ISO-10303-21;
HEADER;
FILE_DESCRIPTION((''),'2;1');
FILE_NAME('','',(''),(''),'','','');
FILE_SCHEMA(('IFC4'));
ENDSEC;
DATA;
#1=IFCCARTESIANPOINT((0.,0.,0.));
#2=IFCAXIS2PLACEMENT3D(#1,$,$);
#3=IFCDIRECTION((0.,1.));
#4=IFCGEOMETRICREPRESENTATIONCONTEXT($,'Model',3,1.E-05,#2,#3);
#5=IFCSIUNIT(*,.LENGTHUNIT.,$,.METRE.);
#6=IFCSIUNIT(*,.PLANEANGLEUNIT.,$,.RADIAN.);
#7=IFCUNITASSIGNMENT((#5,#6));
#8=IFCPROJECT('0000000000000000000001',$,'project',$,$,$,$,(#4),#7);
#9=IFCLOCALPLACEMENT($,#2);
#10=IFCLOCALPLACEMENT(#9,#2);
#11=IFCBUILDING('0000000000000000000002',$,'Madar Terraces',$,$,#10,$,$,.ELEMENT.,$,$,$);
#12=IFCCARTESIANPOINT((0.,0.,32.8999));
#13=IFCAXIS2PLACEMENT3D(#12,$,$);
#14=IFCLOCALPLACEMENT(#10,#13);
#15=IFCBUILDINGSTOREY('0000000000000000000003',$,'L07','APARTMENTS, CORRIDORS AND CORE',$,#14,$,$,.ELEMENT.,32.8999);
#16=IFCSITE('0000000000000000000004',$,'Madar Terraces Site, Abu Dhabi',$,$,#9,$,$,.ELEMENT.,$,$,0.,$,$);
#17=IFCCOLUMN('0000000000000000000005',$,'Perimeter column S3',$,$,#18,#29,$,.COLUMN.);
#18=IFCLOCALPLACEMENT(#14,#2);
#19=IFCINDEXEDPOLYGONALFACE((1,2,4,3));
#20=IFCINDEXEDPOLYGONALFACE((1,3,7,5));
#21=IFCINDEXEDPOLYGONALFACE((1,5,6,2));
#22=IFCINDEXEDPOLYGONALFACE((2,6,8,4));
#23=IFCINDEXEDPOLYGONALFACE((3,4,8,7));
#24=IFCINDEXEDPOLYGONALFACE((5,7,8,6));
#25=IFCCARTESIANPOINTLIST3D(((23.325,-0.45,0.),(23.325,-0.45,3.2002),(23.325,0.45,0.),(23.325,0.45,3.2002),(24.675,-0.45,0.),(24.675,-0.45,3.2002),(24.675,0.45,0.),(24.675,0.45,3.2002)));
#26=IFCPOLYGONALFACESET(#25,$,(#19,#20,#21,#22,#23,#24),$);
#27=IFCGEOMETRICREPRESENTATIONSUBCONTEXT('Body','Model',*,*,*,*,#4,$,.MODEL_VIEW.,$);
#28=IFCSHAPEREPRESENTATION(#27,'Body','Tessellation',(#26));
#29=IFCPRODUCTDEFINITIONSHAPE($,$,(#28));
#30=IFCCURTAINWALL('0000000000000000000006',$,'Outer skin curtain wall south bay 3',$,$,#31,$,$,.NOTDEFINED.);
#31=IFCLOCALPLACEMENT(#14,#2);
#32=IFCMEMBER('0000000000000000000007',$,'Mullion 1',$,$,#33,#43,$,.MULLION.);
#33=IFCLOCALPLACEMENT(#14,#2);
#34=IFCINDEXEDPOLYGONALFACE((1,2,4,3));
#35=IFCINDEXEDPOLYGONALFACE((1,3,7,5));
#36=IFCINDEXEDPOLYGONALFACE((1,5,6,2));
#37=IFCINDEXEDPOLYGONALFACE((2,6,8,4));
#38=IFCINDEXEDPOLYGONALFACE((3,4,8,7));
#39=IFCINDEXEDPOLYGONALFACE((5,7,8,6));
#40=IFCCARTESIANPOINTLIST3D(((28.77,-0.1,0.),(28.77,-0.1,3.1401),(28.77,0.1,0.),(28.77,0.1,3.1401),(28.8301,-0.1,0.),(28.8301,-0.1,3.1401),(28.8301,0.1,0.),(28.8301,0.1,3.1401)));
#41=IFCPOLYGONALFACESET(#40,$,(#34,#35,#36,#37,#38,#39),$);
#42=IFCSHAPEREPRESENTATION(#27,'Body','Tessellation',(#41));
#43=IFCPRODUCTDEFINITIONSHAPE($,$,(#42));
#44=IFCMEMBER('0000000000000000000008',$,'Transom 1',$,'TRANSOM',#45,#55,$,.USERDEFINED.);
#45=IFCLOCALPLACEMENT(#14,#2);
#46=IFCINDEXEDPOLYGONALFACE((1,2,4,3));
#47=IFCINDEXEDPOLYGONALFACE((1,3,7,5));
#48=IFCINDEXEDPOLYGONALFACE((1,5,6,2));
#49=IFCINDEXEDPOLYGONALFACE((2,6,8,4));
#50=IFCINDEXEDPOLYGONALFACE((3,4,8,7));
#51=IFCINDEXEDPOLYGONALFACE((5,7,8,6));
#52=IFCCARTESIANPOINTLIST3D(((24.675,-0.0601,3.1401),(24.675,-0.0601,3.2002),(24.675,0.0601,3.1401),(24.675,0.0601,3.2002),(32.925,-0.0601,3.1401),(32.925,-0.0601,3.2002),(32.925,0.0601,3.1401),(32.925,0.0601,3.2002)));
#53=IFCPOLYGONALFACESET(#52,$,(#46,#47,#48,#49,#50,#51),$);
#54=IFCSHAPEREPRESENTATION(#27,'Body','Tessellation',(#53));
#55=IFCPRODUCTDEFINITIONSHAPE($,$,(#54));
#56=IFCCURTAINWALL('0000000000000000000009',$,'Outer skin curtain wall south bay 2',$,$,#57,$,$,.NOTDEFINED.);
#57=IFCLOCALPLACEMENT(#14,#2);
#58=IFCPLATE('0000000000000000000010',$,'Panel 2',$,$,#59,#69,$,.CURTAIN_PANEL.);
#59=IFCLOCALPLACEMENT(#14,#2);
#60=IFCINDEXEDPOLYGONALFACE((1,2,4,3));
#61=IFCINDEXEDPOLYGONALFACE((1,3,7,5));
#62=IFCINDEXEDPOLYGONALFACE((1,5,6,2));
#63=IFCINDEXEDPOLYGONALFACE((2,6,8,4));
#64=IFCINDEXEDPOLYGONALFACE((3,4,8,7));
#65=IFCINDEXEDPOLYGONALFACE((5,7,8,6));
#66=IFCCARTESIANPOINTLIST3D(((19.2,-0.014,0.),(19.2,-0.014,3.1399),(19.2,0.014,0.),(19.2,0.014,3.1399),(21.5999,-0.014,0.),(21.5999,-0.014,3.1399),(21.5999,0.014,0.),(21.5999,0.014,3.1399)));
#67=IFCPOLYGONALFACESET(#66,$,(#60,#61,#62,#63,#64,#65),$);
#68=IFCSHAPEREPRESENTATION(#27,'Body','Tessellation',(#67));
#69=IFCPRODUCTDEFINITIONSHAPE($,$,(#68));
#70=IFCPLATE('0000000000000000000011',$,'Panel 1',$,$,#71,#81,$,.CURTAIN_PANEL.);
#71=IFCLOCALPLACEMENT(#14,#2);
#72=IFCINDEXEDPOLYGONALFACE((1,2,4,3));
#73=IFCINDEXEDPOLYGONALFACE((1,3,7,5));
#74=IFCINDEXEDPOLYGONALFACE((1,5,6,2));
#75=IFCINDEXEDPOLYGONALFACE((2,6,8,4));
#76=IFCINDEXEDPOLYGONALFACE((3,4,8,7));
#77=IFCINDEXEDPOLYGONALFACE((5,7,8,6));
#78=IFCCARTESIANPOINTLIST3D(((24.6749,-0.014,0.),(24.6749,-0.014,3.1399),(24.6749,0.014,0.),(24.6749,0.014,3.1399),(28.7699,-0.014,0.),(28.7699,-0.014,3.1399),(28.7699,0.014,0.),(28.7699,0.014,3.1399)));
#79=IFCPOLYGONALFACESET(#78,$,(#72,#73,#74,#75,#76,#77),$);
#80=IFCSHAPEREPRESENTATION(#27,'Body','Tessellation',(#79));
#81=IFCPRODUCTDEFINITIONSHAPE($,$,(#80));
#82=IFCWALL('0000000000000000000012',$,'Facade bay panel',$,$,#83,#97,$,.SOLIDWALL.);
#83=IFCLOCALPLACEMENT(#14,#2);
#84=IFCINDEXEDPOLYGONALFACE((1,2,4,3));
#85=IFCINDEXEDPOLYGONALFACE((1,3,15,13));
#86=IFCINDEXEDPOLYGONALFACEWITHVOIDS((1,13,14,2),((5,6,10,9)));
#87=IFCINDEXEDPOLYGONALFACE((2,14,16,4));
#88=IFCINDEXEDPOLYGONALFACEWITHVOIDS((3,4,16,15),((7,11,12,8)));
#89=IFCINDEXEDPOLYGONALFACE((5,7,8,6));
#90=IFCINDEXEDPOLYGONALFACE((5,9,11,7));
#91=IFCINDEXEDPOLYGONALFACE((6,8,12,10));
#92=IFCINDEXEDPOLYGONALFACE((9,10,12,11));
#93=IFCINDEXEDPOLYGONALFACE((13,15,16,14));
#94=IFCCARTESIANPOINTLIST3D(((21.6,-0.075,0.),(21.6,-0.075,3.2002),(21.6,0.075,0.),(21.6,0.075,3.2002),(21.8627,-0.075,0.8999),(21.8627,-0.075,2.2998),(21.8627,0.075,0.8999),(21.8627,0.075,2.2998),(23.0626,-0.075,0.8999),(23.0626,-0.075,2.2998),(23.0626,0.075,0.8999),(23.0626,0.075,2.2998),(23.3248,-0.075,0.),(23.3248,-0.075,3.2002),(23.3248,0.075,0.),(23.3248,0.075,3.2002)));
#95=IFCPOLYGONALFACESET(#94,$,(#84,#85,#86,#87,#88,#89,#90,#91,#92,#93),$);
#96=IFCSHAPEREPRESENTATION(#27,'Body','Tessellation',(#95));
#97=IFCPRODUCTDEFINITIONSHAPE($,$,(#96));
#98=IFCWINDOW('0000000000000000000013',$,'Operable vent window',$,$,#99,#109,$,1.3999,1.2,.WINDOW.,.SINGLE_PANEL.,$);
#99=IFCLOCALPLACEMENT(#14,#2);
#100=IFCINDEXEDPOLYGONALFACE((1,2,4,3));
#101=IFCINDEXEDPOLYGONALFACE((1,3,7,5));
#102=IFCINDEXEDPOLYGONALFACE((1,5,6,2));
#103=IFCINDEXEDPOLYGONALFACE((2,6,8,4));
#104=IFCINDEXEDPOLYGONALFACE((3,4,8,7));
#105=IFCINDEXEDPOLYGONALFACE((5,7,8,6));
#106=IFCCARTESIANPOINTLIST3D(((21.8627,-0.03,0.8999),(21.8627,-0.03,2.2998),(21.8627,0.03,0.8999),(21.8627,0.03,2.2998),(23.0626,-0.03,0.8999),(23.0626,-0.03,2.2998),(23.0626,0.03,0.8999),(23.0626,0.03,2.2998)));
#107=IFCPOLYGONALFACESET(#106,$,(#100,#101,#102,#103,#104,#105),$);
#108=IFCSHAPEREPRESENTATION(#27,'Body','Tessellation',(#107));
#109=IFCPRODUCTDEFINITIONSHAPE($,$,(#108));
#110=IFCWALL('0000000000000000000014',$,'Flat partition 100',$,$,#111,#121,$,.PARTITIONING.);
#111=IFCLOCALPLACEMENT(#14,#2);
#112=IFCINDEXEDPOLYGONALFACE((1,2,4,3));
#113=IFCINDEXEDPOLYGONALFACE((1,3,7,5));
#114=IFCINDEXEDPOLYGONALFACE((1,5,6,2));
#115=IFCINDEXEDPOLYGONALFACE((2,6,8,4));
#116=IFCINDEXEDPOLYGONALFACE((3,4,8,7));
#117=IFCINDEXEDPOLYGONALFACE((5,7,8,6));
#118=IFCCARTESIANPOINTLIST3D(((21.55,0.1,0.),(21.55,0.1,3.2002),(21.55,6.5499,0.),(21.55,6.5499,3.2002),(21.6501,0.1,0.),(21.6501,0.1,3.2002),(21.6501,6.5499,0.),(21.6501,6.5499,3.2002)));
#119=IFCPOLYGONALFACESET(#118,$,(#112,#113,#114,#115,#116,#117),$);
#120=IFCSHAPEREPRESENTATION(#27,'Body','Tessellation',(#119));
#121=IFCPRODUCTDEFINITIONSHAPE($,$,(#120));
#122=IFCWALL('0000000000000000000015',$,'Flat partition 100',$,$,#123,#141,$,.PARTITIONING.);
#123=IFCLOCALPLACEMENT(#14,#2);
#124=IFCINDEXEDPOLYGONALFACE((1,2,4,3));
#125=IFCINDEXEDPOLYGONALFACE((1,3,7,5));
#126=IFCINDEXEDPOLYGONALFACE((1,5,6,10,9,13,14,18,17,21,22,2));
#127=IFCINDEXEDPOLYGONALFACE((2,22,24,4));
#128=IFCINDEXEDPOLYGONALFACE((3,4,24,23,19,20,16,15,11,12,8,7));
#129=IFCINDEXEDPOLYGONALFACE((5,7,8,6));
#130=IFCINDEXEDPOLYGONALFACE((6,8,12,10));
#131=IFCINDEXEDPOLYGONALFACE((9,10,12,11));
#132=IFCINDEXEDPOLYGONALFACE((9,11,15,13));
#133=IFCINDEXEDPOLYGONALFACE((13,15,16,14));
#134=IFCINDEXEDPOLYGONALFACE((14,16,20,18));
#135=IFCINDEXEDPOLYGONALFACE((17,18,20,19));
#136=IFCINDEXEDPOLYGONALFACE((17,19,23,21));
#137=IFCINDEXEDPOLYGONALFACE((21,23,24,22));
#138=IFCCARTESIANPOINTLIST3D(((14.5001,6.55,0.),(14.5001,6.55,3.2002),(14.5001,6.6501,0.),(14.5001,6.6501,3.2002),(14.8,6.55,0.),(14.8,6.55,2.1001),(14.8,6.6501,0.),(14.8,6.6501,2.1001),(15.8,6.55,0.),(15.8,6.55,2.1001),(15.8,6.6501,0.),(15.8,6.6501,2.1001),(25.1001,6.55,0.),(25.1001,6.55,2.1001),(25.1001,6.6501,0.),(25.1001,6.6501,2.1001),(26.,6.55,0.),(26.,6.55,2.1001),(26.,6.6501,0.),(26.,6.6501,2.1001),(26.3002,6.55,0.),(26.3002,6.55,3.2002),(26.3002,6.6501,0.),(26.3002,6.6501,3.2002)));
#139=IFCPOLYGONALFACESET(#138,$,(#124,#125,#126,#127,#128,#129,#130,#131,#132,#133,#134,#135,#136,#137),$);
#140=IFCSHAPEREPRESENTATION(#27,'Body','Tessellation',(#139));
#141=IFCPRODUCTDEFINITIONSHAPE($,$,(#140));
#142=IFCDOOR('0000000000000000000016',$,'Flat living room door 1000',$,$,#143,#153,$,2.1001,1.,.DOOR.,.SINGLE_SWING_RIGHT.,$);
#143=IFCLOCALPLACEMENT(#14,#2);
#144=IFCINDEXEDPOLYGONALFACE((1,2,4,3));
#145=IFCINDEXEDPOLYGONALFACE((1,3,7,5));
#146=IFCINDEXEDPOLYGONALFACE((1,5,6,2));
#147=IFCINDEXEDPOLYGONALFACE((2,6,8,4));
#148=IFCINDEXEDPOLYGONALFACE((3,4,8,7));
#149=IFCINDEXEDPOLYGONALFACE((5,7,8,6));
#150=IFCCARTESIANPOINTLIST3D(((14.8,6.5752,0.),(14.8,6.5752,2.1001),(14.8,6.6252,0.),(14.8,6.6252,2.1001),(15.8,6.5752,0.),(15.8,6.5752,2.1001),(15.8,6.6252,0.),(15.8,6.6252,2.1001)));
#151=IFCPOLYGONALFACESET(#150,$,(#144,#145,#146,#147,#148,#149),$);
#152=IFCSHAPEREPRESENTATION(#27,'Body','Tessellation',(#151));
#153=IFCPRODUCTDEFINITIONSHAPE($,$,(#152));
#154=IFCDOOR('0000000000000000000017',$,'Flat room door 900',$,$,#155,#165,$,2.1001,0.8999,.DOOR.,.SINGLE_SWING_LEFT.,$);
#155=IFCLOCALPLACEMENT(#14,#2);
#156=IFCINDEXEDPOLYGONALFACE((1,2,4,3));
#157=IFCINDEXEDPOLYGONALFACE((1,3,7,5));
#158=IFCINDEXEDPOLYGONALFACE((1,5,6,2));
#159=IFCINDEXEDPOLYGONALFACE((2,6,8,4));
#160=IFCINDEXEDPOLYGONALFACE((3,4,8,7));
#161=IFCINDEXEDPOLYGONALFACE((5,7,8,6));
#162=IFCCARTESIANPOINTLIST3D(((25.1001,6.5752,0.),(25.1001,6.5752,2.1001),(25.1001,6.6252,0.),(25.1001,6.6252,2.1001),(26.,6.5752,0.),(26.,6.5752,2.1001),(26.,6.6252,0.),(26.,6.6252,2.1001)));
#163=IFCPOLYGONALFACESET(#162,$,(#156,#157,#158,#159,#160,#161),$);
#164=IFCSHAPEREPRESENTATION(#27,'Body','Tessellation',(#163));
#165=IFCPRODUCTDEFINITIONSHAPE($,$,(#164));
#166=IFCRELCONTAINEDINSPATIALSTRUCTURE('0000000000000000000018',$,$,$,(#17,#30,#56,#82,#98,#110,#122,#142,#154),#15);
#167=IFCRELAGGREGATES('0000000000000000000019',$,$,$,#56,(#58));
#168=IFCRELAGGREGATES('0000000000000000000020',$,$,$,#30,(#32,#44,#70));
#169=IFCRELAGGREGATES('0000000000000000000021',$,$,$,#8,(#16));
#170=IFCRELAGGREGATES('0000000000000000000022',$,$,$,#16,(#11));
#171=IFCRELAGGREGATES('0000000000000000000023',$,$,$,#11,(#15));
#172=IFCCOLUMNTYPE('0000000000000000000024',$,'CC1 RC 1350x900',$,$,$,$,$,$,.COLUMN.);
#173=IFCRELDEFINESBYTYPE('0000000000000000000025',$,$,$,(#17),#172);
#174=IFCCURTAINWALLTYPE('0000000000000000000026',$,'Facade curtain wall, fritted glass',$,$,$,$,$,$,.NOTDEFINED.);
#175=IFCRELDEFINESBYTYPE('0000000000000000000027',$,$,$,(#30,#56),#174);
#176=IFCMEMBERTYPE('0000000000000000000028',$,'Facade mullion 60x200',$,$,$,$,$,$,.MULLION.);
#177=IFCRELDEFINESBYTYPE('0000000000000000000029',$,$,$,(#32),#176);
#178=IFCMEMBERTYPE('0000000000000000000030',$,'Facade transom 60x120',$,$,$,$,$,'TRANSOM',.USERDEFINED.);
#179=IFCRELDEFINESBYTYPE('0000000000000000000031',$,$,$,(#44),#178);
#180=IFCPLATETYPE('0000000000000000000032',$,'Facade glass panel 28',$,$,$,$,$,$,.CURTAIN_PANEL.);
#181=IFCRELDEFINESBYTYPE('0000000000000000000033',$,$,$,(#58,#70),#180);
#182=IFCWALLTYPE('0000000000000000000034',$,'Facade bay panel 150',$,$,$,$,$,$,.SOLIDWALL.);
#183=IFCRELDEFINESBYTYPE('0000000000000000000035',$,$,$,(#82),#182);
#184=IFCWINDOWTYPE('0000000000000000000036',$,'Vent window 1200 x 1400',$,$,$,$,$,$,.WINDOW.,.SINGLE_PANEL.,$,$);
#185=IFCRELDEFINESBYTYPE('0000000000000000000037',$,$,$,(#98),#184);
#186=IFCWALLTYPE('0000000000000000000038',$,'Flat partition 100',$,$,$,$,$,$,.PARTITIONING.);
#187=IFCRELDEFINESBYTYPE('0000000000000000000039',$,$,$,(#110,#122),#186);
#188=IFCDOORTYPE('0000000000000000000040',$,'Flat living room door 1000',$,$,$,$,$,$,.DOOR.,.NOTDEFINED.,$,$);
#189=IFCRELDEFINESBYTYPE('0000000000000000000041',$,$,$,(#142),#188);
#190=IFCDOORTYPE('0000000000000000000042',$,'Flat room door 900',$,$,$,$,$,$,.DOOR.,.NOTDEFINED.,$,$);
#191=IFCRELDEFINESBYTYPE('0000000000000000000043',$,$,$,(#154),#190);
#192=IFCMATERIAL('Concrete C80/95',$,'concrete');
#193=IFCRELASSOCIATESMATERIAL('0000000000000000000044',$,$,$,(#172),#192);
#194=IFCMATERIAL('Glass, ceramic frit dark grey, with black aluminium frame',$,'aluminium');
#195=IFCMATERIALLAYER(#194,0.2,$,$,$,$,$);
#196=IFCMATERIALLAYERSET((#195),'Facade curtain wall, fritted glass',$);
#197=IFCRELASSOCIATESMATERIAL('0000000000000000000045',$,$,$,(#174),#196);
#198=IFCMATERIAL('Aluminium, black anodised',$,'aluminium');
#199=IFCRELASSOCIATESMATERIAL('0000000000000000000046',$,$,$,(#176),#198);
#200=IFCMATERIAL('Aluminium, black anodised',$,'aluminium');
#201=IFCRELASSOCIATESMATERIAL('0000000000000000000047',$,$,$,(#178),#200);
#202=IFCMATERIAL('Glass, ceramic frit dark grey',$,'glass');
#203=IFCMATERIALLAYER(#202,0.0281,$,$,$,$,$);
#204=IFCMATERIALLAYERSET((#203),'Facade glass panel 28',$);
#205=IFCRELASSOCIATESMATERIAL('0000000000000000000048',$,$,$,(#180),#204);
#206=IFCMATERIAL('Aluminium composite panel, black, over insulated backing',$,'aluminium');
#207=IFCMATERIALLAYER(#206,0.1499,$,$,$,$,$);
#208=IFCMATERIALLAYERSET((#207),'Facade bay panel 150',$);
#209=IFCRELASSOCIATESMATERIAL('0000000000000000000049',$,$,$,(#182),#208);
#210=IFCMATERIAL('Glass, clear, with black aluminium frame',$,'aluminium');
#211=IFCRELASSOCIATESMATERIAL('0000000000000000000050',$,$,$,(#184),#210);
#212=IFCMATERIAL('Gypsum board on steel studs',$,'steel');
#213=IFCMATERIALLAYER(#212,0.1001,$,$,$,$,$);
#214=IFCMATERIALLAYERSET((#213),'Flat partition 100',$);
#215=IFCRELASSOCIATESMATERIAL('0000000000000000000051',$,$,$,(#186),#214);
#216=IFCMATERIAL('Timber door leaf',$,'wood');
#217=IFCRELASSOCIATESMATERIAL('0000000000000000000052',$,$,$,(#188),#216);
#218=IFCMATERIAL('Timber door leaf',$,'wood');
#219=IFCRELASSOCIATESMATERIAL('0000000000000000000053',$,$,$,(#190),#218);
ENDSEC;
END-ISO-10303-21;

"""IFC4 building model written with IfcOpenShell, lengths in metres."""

from ifc_helpers import new_model, si_unit, direction, frame, frame_2d, origin, origin_2d, place, context, subcontext, project, spatial, rectangle, extrude, material, layer, layer_set, material_profile, profile_set, type_object, element, fill, aggregate, save


model = new_model("IFC4")

# Units and contexts
model_context = context("Model", 3, precision=1e-05, world=origin(), true_north=direction((0.0, 1.0)))
body_context = subcontext(model_context, "Body", "Model", "MODEL_VIEW")
ifc_project = project(units=[si_unit("LENGTHUNIT", "METRE"), si_unit("PLANEANGLEUNIT", "RADIAN")], contexts=[model_context])

# Site, building, storey
site_placement = place(None, origin())
site = spatial("IfcSite", under=ifc_project, at=site_placement, Name="Madar Terraces Site, Abu Dhabi", CompositionType="ELEMENT", RefElevation=0.0)
building_placement = place(site_placement, origin())
building = spatial("IfcBuilding", under=site, at=building_placement, Name="Madar Terraces", CompositionType="ELEMENT")
storey_placement = place(building_placement, frame((0.0, 0.0, 32.8999)))
storey = spatial("IfcBuildingStorey", under=building, at=storey_placement, Name="L07", Description="APARTMENTS, CORRIDORS AND CORE", CompositionType="ELEMENT", Elevation=32.8999)

# Column
ifc_material_1 = material(Name="Concrete C80/95", Category="concrete")
ifc_material_profile_1 = material_profile(ifc_material_1, rectangle(XDim=1.3501, YDim=0.8999, at=origin_2d()), Name="CC1 RC 1350x900")
ifc_profile_set_1 = profile_set([ifc_material_profile_1], Name="Concrete C80/95")
column_type = type_object("IfcColumnType", Name="CC1 RC 1350x900", PredefinedType="COLUMN", material=ifc_profile_set_1)
column_placement = place(storey_placement, frame((24.0, 0.0, 0.0), z_axis=(0.0, 0.0, 1.0), x_axis=(1.0, 0.0, 0.0)))
element("IfcColumn", 1, at=column_placement, inside=storey, type_object=column_type, Name="Perimeter column S3", PredefinedType="COLUMN", context=body_context, shape_type="SweptSolid", body=[
    extrude(rectangle(XDim=1.3501, YDim=0.8999, at=origin_2d()), origin(), (0.0, 0.0, 1.0), 3.2002),
])

# Curtain wall, members
ifc_material_2 = material(Name="Glass, ceramic frit dark grey, with black aluminium frame", Category="aluminium")
ifc_layer_1 = layer(ifc_material_2, 0.2)
ifc_layer_set_1 = layer_set([ifc_layer_1], Name="Facade curtain wall, fritted glass")
curtain_wall_type = type_object("IfcCurtainWallType", Name="Facade curtain wall, fritted glass", PredefinedType="NOTDEFINED", material=ifc_layer_set_1)
curtain_wall_1_placement = place(storey_placement, origin())
curtain_wall_1 = element("IfcCurtainWall", 2, at=curtain_wall_1_placement, inside=storey, type_object=curtain_wall_type, Name="Outer skin curtain wall south bay 3", PredefinedType="NOTDEFINED")
ifc_material_3 = material(Name="Aluminium, black anodised", Category="aluminium")
ifc_material_profile_2 = material_profile(ifc_material_3, rectangle(XDim=0.2, YDim=0.0601, at=origin_2d()), Name="Facade mullion 60x200")
ifc_profile_set_2 = profile_set([ifc_material_profile_2], Name="Aluminium, black anodised")
member_type_1 = type_object("IfcMemberType", Name="Facade mullion 60x200", PredefinedType="MULLION", material=ifc_profile_set_2)
member_1_placement = place(storey_placement, frame((28.8, 0.0, 0.0), z_axis=(0.0, 0.0, 1.0), x_axis=(0.0, 1.0, 0.0)))
member_1 = element("IfcMember", 3, at=member_1_placement, type_object=member_type_1, Name="Mullion 1", PredefinedType="MULLION", context=body_context, shape_type="SweptSolid", body=[
    extrude(rectangle(XDim=0.2, YDim=0.0601, at=origin_2d()), origin(), (0.0, 0.0, 1.0), 3.1401),
])
ifc_material_4 = material(Name="Aluminium, black anodised", Category="aluminium")
ifc_material_profile_3 = material_profile(ifc_material_4, rectangle(XDim=0.1201, YDim=0.0601, at=origin_2d()), Name="Facade transom 60x120")
ifc_profile_set_3 = profile_set([ifc_material_profile_3], Name="Aluminium, black anodised")
member_type_2 = type_object("IfcMemberType", Name="Facade transom 60x120", ElementType="TRANSOM", PredefinedType="USERDEFINED", material=ifc_profile_set_3)
member_2_placement = place(storey_placement, frame((24.675, 0.0, 3.1702), z_axis=(1.0, 0.0, 0.0), x_axis=(0.0, 1.0, 0.0)))
member_2 = element("IfcMember", 4, at=member_2_placement, type_object=member_type_2, Name="Transom 1", ObjectType="TRANSOM", PredefinedType="USERDEFINED", context=body_context, shape_type="SweptSolid", body=[
    extrude(rectangle(XDim=0.1201, YDim=0.0601, at=origin_2d()), origin(), (0.0, 0.0, 1.0), 8.25),
])

# Curtain wall, plate
curtain_wall_2_placement = place(storey_placement, origin())
curtain_wall_2 = element("IfcCurtainWall", 5, at=curtain_wall_2_placement, inside=storey, type_object=curtain_wall_type, Name="Outer skin curtain wall south bay 2", PredefinedType="NOTDEFINED")
ifc_material_5 = material(Name="Glass, ceramic frit dark grey", Category="glass")
ifc_layer_2 = layer(ifc_material_5, 0.0281)
ifc_layer_set_2 = layer_set([ifc_layer_2], Name="Facade glass panel 28")
plate_type = type_object("IfcPlateType", Name="Facade glass panel 28", PredefinedType="CURTAIN_PANEL", material=ifc_layer_set_2)
plate_1_placement = place(storey_placement, frame((20.3999, 0.0, 0.0), z_axis=(0.0, 0.0, 1.0), x_axis=(1.0, 0.0, 0.0)))
plate_1 = element("IfcPlate", 6, at=plate_1_placement, type_object=plate_type, Name="Panel 2", PredefinedType="CURTAIN_PANEL", context=body_context, shape_type="SweptSolid", body=[
    extrude(rectangle(XDim=2.3999, YDim=0.0281, at=origin_2d()), origin(), (0.0, 0.0, 1.0), 3.1399),
])
aggregate(curtain_wall_2, [plate_1])

# Plate
plate_2_placement = place(storey_placement, frame((26.7224, 0.0, 0.0), z_axis=(0.0, 0.0, 1.0), x_axis=(1.0, 0.0, 0.0)))
plate_2 = element("IfcPlate", 7, at=plate_2_placement, type_object=plate_type, Name="Panel 1", PredefinedType="CURTAIN_PANEL", context=body_context, shape_type="SweptSolid", body=[
    extrude(rectangle(XDim=4.095, YDim=0.0281, at=origin_2d()), origin(), (0.0, 0.0, 1.0), 3.1399),
])
aggregate(curtain_wall_1, [member_1, member_2, plate_2])

# Wall, opening, window
ifc_material_6 = material(Name="Aluminium composite panel, black, over insulated backing", Category="aluminium")
ifc_layer_3 = layer(ifc_material_6, 0.1499)
ifc_layer_set_3 = layer_set([ifc_layer_3], Name="Facade bay panel 150")
wall_type_1 = type_object("IfcWallType", Name="Facade bay panel 150", PredefinedType="SOLIDWALL", material=ifc_layer_set_3)
wall_1_placement = place(storey_placement, frame((21.6001, 0.0, 0.0), z_axis=(0.0, 0.0, 1.0), x_axis=(1.0, 0.0, 0.0)))
wall_1 = element("IfcWall", 8, at=wall_1_placement, inside=storey, type_object=wall_type_1, Name="Facade bay panel", PredefinedType="SOLIDWALL", context=body_context, shape_type="SweptSolid", body=[
    extrude(rectangle(XDim=1.7249, YDim=0.1499, at=frame_2d((0.8623, 0.0))), origin(), (0.0, 0.0, 1.0), 3.2002),
])
opening_1_placement = place(wall_1_placement, frame((0.2625, 0.0, 0.8999)))
opening_1 = element("IfcOpeningElement", 9, at=opening_1_placement, cuts=wall_1, PredefinedType="OPENING", context=body_context, shape_type="SweptSolid", body=[
    extrude(rectangle(XDim=1.2, YDim=1.3999, at=frame_2d((0.6001, 0.7))), frame((0.0, 0.085, 0.0), z_axis=(0.0, -1.0, 0.0), x_axis=(1.0, 0.0, 0.0)), (0.0, 0.0, 1.0), 0.1699),
])
ifc_material_7 = material(Name="Glass, clear, with black aluminium frame", Category="aluminium")
window_type = type_object("IfcWindowType", Name="Vent window 1200 x 1400", PartitioningType="SINGLE_PANEL", PredefinedType="WINDOW", material=ifc_material_7)
window_placement = place(opening_1_placement, origin())
window = element("IfcWindow", 10, at=window_placement, inside=storey, type_object=window_type, Name="Operable vent window", OverallHeight=1.3999, OverallWidth=1.2, PartitioningType="SINGLE_PANEL", PredefinedType="WINDOW", context=body_context, shape_type="SweptSolid", body=[
    extrude(rectangle(XDim=1.2, YDim=1.3999, at=frame_2d((0.6001, 0.7))), frame((0.0, 0.03, 0.0), z_axis=(0.0, -1.0, 0.0), x_axis=(1.0, 0.0, 0.0)), (0.0, 0.0, 1.0), 0.0601),
])
fill(opening_1, window)

# Wall
ifc_material_8 = material(Name="Gypsum board on steel studs", Category="steel")
ifc_layer_4 = layer(ifc_material_8, 0.1001)
ifc_layer_set_4 = layer_set([ifc_layer_4], Name="Flat partition 100")
wall_type_2 = type_object("IfcWallType", Name="Flat partition 100", PredefinedType="PARTITIONING", material=ifc_layer_set_4)
wall_2_placement = place(storey_placement, frame((21.6001, 6.55, 0.0), z_axis=(0.0, 0.0, 1.0), x_axis=(0.0, -1.0, 0.0)))
element("IfcWall", 11, at=wall_2_placement, inside=storey, type_object=wall_type_2, Name="Flat partition 100", PredefinedType="PARTITIONING", context=body_context, shape_type="SweptSolid", body=[
    extrude(rectangle(XDim=6.45, YDim=0.1001, at=frame_2d((3.2251, 0.0))), origin(), (0.0, 0.0, 1.0), 3.2002),
])

# Wall, openings, doors
wall_3_placement = place(storey_placement, frame((26.3, 6.6001, 0.0), z_axis=(0.0, 0.0, 1.0), x_axis=(-1.0, 0.0, 0.0)))
wall_3 = element("IfcWall", 12, at=wall_3_placement, inside=storey, type_object=wall_type_2, Name="Flat partition 100", PredefinedType="PARTITIONING", context=body_context, shape_type="SweptSolid", body=[
    extrude(rectangle(XDim=11.8, YDim=0.1001, at=frame_2d((5.8999, 0.0))), origin(), (0.0, 0.0, 1.0), 3.2002),
])
opening_2_placement = place(wall_3_placement, frame((10.5, 0.0, 0.0)))
opening_2 = element("IfcOpeningElement", 13, at=opening_2_placement, cuts=wall_3, PredefinedType="OPENING", context=body_context, shape_type="SweptSolid", body=[
    extrude(rectangle(XDim=1.0, YDim=2.1001, at=frame_2d((0.5, 1.05))), frame((0.0, 0.0601, 0.0), z_axis=(0.0, -1.0, 0.0), x_axis=(1.0, 0.0, 0.0)), (0.0, 0.0, 1.0), 0.1201),
])
opening_3_placement = place(wall_3_placement, frame((0.3, 0.0, 0.0)))
opening_3 = element("IfcOpeningElement", 14, at=opening_3_placement, cuts=wall_3, PredefinedType="OPENING", context=body_context, shape_type="SweptSolid", body=[
    extrude(rectangle(XDim=0.8999, YDim=2.1001, at=frame_2d((0.45, 1.05))), frame((0.0, 0.0601, 0.0), z_axis=(0.0, -1.0, 0.0), x_axis=(1.0, 0.0, 0.0)), (0.0, 0.0, 1.0), 0.1201),
])
ifc_material_9 = material(Name="Timber door leaf", Category="wood")
door_type_1 = type_object("IfcDoorType", Name="Flat living room door 1000", OperationType="NOTDEFINED", PredefinedType="DOOR", material=ifc_material_9)
door_1_placement = place(opening_2_placement, origin())
door_1 = element("IfcDoor", 15, at=door_1_placement, inside=storey, type_object=door_type_1, Name="Flat living room door 1000", OperationType="SINGLE_SWING_RIGHT", OverallHeight=2.1001, OverallWidth=1.0, PredefinedType="DOOR", context=body_context, shape_type="SweptSolid", body=[
    extrude(rectangle(XDim=1.0, YDim=2.1001, at=frame_2d((0.5, 1.05))), frame((0.0, 0.0249, 0.0), z_axis=(0.0, -1.0, 0.0), x_axis=(1.0, 0.0, 0.0)), (0.0, 0.0, 1.0), 0.05),
])
fill(opening_2, door_1)
ifc_material_10 = material(Name="Timber door leaf", Category="wood")
door_type_2 = type_object("IfcDoorType", Name="Flat room door 900", OperationType="NOTDEFINED", PredefinedType="DOOR", material=ifc_material_10)
door_2_placement = place(opening_3_placement, origin())
door_2 = element("IfcDoor", 16, at=door_2_placement, inside=storey, type_object=door_type_2, Name="Flat room door 900", OperationType="SINGLE_SWING_LEFT", OverallHeight=2.1001, OverallWidth=0.8999, PredefinedType="DOOR", context=body_context, shape_type="SweptSolid", body=[
    extrude(rectangle(XDim=0.8999, YDim=2.1001, at=frame_2d((0.45, 1.05))), frame((0.0, 0.0249, 0.0), z_axis=(0.0, -1.0, 0.0), x_axis=(1.0, 0.0, 0.0)), (0.0, 0.0, 1.0), 0.05),
])
fill(opening_3, door_2)

save(model, "model.ifc")
